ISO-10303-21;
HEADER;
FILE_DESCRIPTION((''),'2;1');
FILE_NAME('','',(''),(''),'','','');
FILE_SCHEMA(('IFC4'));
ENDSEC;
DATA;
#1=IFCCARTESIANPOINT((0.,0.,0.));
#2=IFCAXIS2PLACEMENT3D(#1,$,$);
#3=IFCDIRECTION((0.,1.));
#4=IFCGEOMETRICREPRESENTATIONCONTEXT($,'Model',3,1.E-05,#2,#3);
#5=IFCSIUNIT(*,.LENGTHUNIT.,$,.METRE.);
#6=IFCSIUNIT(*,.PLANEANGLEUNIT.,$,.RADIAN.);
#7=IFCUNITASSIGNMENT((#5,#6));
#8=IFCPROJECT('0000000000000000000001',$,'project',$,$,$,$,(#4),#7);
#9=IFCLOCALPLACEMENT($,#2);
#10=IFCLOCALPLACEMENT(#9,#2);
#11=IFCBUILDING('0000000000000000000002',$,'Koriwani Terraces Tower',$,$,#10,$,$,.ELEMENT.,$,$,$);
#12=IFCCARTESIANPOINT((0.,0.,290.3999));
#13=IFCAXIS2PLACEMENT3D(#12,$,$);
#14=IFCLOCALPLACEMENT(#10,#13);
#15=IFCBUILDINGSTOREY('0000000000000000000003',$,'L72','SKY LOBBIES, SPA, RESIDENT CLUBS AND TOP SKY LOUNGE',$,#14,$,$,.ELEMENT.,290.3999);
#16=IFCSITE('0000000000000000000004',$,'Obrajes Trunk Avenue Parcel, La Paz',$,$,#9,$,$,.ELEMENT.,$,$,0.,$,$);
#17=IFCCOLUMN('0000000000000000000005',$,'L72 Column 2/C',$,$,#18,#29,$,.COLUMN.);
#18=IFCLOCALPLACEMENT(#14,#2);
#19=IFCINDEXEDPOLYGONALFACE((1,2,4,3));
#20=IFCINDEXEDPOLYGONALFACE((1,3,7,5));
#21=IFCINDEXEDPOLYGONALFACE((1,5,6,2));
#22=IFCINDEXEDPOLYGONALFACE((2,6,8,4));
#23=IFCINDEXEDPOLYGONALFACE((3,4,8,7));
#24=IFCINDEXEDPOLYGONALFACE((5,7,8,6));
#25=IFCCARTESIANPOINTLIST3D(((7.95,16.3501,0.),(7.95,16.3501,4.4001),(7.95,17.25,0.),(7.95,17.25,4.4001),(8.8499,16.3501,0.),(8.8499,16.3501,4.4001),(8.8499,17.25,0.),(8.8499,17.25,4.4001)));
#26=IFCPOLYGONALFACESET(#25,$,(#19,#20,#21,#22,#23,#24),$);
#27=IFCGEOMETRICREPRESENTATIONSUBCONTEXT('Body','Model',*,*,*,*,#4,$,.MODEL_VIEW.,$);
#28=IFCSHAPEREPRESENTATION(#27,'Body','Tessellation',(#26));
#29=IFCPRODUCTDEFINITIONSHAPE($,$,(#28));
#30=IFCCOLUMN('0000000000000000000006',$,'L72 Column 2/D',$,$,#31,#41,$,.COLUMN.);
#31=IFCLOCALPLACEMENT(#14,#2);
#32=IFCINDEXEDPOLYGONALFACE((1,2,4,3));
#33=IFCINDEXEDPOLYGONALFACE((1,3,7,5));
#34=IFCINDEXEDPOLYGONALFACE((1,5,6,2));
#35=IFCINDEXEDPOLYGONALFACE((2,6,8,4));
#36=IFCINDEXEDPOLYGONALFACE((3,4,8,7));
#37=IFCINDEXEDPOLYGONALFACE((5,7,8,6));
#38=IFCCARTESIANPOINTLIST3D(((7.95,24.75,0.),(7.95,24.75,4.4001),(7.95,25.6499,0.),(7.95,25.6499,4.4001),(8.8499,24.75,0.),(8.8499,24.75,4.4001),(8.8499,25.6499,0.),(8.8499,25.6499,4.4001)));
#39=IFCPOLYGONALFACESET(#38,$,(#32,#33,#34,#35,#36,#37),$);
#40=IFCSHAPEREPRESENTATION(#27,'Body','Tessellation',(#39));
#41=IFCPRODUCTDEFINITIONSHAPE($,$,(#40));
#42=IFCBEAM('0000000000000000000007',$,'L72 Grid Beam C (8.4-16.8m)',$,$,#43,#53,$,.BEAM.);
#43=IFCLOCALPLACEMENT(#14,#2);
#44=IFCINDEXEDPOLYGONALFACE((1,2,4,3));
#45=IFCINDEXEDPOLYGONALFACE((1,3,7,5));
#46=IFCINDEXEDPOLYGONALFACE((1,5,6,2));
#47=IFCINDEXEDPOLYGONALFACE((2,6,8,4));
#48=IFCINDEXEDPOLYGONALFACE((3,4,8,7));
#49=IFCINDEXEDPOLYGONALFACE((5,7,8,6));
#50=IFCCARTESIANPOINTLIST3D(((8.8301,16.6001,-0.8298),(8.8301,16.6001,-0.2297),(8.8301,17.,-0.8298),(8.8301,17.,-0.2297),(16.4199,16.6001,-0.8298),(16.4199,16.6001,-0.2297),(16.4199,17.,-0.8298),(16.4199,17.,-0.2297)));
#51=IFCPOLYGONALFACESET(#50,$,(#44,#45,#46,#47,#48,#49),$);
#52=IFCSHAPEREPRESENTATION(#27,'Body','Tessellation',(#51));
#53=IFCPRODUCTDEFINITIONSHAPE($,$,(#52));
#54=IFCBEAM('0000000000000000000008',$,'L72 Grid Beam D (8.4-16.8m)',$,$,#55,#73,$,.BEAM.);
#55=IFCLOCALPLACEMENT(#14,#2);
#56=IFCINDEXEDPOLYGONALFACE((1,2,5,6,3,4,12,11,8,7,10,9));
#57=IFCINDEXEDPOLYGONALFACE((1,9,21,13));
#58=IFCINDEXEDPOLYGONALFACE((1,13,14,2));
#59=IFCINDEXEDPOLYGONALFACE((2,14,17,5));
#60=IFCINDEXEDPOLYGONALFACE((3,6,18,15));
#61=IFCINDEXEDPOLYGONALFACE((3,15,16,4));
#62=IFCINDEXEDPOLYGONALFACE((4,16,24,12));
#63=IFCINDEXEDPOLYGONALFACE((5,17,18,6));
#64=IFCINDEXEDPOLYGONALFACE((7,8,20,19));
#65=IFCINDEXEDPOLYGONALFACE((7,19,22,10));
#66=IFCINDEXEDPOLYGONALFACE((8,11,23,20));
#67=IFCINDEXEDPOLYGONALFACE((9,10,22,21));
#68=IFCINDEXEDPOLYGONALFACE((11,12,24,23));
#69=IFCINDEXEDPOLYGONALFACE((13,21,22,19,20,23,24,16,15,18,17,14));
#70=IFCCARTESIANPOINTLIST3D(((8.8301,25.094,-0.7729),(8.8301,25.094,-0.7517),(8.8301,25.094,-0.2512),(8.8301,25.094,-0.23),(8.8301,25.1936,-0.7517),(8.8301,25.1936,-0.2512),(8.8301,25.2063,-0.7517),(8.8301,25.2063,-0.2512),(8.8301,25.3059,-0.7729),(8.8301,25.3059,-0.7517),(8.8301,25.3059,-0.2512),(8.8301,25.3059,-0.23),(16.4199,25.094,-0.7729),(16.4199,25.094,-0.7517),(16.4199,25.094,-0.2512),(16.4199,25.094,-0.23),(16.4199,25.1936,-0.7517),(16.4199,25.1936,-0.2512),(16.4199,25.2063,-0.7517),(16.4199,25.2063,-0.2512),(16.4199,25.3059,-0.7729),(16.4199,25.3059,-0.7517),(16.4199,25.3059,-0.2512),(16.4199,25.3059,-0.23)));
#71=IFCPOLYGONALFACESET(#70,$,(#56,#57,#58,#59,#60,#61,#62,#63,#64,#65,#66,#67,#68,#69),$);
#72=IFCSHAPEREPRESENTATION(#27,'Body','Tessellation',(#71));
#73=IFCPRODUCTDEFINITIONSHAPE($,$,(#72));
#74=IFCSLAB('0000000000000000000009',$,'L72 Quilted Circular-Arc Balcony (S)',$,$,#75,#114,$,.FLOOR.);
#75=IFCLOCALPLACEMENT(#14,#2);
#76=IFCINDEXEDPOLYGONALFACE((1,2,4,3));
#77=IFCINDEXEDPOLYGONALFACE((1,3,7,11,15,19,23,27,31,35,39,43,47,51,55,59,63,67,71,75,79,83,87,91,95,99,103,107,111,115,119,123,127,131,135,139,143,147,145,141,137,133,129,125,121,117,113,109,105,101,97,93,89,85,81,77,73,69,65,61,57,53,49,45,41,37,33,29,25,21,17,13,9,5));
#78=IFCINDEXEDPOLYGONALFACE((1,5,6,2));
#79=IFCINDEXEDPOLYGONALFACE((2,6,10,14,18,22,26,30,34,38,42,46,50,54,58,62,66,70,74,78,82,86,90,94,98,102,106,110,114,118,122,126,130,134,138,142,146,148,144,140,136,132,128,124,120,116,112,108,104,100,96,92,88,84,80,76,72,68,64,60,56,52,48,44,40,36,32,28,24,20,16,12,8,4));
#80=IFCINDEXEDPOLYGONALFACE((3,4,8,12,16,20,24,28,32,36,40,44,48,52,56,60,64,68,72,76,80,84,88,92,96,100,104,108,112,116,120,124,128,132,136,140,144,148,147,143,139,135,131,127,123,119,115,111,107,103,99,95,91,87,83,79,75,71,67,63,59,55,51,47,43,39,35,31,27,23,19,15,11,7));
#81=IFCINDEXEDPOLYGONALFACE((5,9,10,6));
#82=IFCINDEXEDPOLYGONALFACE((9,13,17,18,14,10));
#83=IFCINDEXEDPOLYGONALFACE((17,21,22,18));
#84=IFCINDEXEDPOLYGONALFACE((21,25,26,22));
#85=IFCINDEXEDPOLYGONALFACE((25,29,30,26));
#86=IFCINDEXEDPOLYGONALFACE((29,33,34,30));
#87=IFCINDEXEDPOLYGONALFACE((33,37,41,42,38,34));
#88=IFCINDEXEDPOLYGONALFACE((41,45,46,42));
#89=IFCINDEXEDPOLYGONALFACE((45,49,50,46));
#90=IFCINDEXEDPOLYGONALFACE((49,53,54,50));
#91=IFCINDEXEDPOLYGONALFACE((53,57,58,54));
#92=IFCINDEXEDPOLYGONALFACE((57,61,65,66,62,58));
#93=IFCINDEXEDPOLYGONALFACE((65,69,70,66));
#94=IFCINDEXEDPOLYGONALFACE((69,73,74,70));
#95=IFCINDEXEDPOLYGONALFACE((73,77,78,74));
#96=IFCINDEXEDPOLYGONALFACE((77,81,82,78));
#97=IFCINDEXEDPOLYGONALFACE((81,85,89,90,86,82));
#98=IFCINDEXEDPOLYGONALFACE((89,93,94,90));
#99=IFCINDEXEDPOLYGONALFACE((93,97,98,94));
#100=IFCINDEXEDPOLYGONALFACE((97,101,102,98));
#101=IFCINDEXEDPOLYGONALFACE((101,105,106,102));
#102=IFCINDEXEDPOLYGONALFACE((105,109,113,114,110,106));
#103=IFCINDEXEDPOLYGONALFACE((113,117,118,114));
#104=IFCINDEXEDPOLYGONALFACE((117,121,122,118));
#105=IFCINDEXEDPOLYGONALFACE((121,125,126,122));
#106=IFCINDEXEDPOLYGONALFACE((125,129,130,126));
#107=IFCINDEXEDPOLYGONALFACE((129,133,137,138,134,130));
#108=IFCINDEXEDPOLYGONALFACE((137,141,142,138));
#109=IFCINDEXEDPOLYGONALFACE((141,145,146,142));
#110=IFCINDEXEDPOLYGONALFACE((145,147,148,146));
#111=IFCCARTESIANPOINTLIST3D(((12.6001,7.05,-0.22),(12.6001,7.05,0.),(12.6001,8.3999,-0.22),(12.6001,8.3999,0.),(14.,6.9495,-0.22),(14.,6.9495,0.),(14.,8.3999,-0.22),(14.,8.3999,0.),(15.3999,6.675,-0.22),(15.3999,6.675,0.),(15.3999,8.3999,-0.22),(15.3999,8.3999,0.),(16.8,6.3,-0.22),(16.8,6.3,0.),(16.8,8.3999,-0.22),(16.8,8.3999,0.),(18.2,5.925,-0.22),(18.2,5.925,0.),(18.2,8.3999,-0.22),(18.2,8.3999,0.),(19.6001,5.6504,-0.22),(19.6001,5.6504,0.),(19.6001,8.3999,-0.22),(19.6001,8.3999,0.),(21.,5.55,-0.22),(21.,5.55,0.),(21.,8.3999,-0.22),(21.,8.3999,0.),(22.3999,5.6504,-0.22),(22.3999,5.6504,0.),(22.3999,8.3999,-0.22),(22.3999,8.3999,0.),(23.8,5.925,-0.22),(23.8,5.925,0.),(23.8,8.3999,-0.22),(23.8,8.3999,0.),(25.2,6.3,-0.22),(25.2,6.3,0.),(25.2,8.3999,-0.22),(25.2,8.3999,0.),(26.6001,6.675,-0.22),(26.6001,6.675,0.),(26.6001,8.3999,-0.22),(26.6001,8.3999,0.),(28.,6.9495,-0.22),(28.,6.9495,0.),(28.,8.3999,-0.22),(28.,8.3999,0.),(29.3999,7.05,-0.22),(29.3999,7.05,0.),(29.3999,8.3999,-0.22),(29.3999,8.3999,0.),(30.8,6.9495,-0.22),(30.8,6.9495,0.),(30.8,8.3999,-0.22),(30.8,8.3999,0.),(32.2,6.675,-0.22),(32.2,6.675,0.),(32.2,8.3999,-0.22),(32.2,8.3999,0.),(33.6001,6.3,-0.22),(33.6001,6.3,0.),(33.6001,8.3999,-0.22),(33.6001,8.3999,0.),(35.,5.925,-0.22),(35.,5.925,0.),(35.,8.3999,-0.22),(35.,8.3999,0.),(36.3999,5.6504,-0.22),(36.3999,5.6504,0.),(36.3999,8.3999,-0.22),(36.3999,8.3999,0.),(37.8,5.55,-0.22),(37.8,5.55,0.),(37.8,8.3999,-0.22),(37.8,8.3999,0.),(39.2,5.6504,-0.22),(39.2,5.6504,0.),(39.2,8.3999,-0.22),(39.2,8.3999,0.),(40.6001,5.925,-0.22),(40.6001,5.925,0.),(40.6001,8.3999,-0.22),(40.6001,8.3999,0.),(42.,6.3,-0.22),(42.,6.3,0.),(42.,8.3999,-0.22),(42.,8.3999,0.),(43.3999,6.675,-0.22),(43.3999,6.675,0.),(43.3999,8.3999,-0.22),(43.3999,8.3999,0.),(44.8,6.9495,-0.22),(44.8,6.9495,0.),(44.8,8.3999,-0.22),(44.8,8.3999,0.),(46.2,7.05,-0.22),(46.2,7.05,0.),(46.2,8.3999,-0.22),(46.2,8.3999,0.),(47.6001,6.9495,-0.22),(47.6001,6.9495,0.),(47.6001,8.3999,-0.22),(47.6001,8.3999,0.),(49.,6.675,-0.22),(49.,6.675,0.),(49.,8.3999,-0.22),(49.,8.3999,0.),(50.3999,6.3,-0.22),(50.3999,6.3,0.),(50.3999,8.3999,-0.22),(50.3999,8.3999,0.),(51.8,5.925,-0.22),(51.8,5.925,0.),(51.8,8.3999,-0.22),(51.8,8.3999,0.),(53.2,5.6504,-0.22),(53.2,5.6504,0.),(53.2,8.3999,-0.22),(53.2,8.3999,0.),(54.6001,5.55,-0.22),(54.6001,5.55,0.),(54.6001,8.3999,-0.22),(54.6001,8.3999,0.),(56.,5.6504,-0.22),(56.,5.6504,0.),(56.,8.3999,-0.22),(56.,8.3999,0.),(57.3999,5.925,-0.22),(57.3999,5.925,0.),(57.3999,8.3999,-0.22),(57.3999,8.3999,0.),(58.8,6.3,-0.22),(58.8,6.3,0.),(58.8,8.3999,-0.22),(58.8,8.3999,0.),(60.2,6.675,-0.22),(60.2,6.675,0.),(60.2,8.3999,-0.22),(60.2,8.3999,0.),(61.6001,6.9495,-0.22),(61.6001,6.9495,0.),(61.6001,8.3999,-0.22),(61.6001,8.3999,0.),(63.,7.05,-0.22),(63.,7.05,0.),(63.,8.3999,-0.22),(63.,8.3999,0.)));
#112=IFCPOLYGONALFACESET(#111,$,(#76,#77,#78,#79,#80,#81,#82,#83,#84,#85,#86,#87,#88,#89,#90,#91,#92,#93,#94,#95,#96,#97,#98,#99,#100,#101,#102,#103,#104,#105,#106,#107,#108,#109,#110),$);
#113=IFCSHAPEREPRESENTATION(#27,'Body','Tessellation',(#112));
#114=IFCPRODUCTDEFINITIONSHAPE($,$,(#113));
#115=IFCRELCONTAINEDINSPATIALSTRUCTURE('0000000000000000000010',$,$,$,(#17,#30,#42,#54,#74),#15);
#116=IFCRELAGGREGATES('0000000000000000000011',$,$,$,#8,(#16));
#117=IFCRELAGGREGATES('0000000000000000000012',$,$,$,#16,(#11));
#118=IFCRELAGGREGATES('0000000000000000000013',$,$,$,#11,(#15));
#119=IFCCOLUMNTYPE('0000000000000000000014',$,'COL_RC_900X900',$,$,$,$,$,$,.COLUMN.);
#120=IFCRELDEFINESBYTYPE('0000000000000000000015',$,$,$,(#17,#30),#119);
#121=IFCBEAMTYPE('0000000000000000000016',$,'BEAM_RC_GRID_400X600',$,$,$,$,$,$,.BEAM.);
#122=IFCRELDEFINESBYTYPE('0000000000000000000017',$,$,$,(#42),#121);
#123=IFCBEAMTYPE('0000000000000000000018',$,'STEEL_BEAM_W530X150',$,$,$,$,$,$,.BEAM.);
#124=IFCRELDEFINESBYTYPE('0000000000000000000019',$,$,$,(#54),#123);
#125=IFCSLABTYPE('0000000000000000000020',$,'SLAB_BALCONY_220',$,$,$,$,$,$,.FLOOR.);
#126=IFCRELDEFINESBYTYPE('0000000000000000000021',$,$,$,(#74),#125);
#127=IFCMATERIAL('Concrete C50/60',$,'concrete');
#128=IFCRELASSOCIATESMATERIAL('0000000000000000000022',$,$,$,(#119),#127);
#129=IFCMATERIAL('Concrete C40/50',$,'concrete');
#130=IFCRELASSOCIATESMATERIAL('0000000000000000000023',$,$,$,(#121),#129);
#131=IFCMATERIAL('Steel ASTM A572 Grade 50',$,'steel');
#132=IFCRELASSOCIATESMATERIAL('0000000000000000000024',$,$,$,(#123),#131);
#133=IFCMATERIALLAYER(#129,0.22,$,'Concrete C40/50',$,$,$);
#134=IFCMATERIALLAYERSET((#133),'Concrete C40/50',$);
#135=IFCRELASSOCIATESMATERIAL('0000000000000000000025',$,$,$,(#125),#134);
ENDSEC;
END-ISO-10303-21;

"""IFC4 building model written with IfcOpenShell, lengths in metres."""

from ifc_helpers import new_model, si_unit, direction, frame, origin, origin_2d, place, context, subcontext, project, spatial, polyline, rectangle, i_section, outline, extrude, material, layer, layer_set, material_profile, profile_set, type_object, element, save


model = new_model("IFC4")

# Units and contexts
model_context = context("Model", 3, precision=1e-05, world=origin(), true_north=direction((0.0, 1.0)))
body_context = subcontext(model_context, "Body", "Model", "MODEL_VIEW")
ifc_project = project(units=[si_unit("LENGTHUNIT", "METRE"), si_unit("PLANEANGLEUNIT", "RADIAN")], contexts=[model_context])

# Site, building, storey
site_placement = place(None, origin())
site = spatial("IfcSite", under=ifc_project, at=site_placement, Name="Obrajes Trunk Avenue Parcel, La Paz", CompositionType="ELEMENT", RefElevation=0.0)
building_placement = place(site_placement, origin())
building = spatial("IfcBuilding", under=site, at=building_placement, Name="Koriwani Terraces Tower", CompositionType="ELEMENT")
storey_placement = place(building_placement, frame((0.0, 0.0, 290.3999)))
storey = spatial("IfcBuildingStorey", under=building, at=storey_placement, Name="L72", Description="SKY LOBBIES, SPA, RESIDENT CLUBS AND TOP SKY LOUNGE", CompositionType="ELEMENT", Elevation=290.3999)

# Columns
ifc_material_1 = material(Name="Concrete C50/60", Category="concrete")
ifc_material_profile_1 = material_profile(ifc_material_1, rectangle(XDim=0.8999, YDim=0.8999, at=origin_2d()), Name="Concrete C50/60", Category="LoadBearing")
ifc_profile_set_1 = profile_set([ifc_material_profile_1], Name="Concrete C50/60")
column_type = type_object("IfcColumnType", Name="COL_RC_900X900", PredefinedType="COLUMN", material=ifc_profile_set_1)
for number, where, z_axis, x_axis, name in (
    (1, (8.3999, 16.8, 0.0), (0.0, 0.0, 1.0), (1.0, 0.0, 0.0), "L72 Column 2/C"),
    (2, (8.3999, 25.2, 0.0), (0.0, 0.0, 1.0), (1.0, 0.0, 0.0), "L72 Column 2/D"),
):
    element("IfcColumn", number, at=place(storey_placement, frame(where, z_axis=z_axis, x_axis=x_axis)), inside=storey, type_object=column_type, Name=name, PredefinedType="COLUMN", context=body_context, shape_type="SweptSolid", body=[
        extrude(rectangle(XDim=0.8999, YDim=0.8999, at=origin_2d()), origin(), (0.0, 0.0, 1.0), 4.4001),
    ])

# Beams
ifc_material_2 = material(Name="Concrete C40/50", Category="concrete")
ifc_material_profile_2 = material_profile(ifc_material_2, rectangle(XDim=0.3999, YDim=0.6001, at=origin_2d()), Name="Concrete C40/50", Category="LoadBearing")
ifc_profile_set_2 = profile_set([ifc_material_profile_2], Name="Concrete C40/50")
beam_type_1 = type_object("IfcBeamType", Name="BEAM_RC_GRID_400X600", PredefinedType="BEAM", material=ifc_profile_set_2)
beam_1_placement = place(storey_placement, frame((8.8301, 16.8, -0.5298), z_axis=(1.0, 0.0, 0.0), x_axis=(0.0, 1.0, 0.0)))
element("IfcBeam", 3, at=beam_1_placement, inside=storey, type_object=beam_type_1, Name="L72 Grid Beam C (8.4-16.8m)", PredefinedType="BEAM", context=body_context, shape_type="SweptSolid", body=[
    extrude(rectangle(XDim=0.3999, YDim=0.6001, at=origin_2d()), origin(), (0.0, 0.0, 1.0), 7.5898),
])
ifc_material_3 = material(Name="Steel ASTM A572 Grade 50", Category="steel")
ifc_material_profile_3 = material_profile(ifc_material_3, i_section(OverallWidth=0.2119, OverallDepth=0.543, WebThickness=0.0127, FlangeThickness=0.0212, at=origin_2d()), Name="Steel ASTM A572 Grade 50", Category="LoadBearing")
ifc_profile_set_3 = profile_set([ifc_material_profile_3], Name="Steel ASTM A572 Grade 50")
beam_type_2 = type_object("IfcBeamType", Name="STEEL_BEAM_W530X150", PredefinedType="BEAM", material=ifc_profile_set_3)
beam_2_placement = place(storey_placement, frame((8.8301, 25.2, -0.5015), z_axis=(1.0, 0.0, 0.0), x_axis=(0.0, 1.0, 0.0)))
element("IfcBeam", 4, at=beam_2_placement, inside=storey, type_object=beam_type_2, Name="L72 Grid Beam D (8.4-16.8m)", PredefinedType="BEAM", context=body_context, shape_type="SweptSolid", body=[
    extrude(i_section(OverallWidth=0.2119, OverallDepth=0.543, WebThickness=0.0127, FlangeThickness=0.0212, at=origin_2d()), origin(), (0.0, 0.0, 1.0), 7.5898),
])

# Slab
ifc_layer_1 = layer(ifc_material_2, 0.22, Name="Concrete C40/50")
ifc_layer_set_1 = layer_set([ifc_layer_1], Name="Concrete C40/50")
slab_type_1 = type_object("IfcSlabType", Name="SLAB_BALCONY_220", PredefinedType="FLOOR", material=ifc_layer_set_1)
slab_1_placement = place(storey_placement, frame((0.0, 0.0, -0.22)))
element("IfcSlab", 5, at=slab_1_placement, inside=storey, type_object=slab_type_1, Name="L72 Quilted Circular-Arc Balcony (S)", PredefinedType="FLOOR", context=body_context, shape_type="SweptSolid", body=[
    extrude(outline(polyline([(12.6001, 8.3999), (14.0, 8.3999), (15.3999, 8.3999), (16.8, 8.3999), (18.2, 8.3999), (19.6001, 8.3999), (21.0, 8.3999), (22.3999, 8.3999), (23.8, 8.3999), (25.2, 8.3999), (26.6001, 8.3999), (28.0, 8.3999), (29.3999, 8.3999), (30.8, 8.3999), (32.2, 8.3999), (33.6001, 8.3999), (35.0, 8.3999), (36.3999, 8.3999), (37.8, 8.3999), (39.2, 8.3999), (40.6001, 8.3999), (42.0, 8.3999), (43.3999, 8.3999), (44.8, 8.3999), (46.2, 8.3999), (47.6001, 8.3999), (49.0, 8.3999), (50.3999, 8.3999), (51.8, 8.3999), (53.2, 8.3999), (54.6001, 8.3999), (56.0, 8.3999), (57.3999, 8.3999), (58.8, 8.3999), (60.2, 8.3999), (61.6001, 8.3999), (63.0, 8.3999), (63.0, 7.05), (61.6001, 6.9495), (60.2, 6.675), (58.8, 6.3), (57.3999, 5.925), (56.0, 5.6504), (54.6001, 5.55), (53.2, 5.6504), (51.8, 5.925), (50.3999, 6.3), (49.0, 6.675), (47.6001, 6.9495), (46.2, 7.05), (44.8, 6.9495), (43.3999, 6.675), (42.0, 6.3), (40.6001, 5.925), (39.2, 5.6504), (37.8, 5.55), (36.3999, 5.6504), (35.0, 5.925), (33.6001, 6.3), (32.2, 6.675), (30.8, 6.9495), (29.3999, 7.05), (28.0, 6.9495), (26.6001, 6.675), (25.2, 6.3), (23.8, 5.925), (22.3999, 5.6504), (21.0, 5.55), (19.6001, 5.6504), (18.2, 5.925), (16.8, 6.3), (15.3999, 6.675), (14.0, 6.9495), (12.6001, 7.05), (12.6001, 8.3999)])), origin(), (0.0, 0.0, 1.0), 0.22),
])

save(model, "model.ifc")
